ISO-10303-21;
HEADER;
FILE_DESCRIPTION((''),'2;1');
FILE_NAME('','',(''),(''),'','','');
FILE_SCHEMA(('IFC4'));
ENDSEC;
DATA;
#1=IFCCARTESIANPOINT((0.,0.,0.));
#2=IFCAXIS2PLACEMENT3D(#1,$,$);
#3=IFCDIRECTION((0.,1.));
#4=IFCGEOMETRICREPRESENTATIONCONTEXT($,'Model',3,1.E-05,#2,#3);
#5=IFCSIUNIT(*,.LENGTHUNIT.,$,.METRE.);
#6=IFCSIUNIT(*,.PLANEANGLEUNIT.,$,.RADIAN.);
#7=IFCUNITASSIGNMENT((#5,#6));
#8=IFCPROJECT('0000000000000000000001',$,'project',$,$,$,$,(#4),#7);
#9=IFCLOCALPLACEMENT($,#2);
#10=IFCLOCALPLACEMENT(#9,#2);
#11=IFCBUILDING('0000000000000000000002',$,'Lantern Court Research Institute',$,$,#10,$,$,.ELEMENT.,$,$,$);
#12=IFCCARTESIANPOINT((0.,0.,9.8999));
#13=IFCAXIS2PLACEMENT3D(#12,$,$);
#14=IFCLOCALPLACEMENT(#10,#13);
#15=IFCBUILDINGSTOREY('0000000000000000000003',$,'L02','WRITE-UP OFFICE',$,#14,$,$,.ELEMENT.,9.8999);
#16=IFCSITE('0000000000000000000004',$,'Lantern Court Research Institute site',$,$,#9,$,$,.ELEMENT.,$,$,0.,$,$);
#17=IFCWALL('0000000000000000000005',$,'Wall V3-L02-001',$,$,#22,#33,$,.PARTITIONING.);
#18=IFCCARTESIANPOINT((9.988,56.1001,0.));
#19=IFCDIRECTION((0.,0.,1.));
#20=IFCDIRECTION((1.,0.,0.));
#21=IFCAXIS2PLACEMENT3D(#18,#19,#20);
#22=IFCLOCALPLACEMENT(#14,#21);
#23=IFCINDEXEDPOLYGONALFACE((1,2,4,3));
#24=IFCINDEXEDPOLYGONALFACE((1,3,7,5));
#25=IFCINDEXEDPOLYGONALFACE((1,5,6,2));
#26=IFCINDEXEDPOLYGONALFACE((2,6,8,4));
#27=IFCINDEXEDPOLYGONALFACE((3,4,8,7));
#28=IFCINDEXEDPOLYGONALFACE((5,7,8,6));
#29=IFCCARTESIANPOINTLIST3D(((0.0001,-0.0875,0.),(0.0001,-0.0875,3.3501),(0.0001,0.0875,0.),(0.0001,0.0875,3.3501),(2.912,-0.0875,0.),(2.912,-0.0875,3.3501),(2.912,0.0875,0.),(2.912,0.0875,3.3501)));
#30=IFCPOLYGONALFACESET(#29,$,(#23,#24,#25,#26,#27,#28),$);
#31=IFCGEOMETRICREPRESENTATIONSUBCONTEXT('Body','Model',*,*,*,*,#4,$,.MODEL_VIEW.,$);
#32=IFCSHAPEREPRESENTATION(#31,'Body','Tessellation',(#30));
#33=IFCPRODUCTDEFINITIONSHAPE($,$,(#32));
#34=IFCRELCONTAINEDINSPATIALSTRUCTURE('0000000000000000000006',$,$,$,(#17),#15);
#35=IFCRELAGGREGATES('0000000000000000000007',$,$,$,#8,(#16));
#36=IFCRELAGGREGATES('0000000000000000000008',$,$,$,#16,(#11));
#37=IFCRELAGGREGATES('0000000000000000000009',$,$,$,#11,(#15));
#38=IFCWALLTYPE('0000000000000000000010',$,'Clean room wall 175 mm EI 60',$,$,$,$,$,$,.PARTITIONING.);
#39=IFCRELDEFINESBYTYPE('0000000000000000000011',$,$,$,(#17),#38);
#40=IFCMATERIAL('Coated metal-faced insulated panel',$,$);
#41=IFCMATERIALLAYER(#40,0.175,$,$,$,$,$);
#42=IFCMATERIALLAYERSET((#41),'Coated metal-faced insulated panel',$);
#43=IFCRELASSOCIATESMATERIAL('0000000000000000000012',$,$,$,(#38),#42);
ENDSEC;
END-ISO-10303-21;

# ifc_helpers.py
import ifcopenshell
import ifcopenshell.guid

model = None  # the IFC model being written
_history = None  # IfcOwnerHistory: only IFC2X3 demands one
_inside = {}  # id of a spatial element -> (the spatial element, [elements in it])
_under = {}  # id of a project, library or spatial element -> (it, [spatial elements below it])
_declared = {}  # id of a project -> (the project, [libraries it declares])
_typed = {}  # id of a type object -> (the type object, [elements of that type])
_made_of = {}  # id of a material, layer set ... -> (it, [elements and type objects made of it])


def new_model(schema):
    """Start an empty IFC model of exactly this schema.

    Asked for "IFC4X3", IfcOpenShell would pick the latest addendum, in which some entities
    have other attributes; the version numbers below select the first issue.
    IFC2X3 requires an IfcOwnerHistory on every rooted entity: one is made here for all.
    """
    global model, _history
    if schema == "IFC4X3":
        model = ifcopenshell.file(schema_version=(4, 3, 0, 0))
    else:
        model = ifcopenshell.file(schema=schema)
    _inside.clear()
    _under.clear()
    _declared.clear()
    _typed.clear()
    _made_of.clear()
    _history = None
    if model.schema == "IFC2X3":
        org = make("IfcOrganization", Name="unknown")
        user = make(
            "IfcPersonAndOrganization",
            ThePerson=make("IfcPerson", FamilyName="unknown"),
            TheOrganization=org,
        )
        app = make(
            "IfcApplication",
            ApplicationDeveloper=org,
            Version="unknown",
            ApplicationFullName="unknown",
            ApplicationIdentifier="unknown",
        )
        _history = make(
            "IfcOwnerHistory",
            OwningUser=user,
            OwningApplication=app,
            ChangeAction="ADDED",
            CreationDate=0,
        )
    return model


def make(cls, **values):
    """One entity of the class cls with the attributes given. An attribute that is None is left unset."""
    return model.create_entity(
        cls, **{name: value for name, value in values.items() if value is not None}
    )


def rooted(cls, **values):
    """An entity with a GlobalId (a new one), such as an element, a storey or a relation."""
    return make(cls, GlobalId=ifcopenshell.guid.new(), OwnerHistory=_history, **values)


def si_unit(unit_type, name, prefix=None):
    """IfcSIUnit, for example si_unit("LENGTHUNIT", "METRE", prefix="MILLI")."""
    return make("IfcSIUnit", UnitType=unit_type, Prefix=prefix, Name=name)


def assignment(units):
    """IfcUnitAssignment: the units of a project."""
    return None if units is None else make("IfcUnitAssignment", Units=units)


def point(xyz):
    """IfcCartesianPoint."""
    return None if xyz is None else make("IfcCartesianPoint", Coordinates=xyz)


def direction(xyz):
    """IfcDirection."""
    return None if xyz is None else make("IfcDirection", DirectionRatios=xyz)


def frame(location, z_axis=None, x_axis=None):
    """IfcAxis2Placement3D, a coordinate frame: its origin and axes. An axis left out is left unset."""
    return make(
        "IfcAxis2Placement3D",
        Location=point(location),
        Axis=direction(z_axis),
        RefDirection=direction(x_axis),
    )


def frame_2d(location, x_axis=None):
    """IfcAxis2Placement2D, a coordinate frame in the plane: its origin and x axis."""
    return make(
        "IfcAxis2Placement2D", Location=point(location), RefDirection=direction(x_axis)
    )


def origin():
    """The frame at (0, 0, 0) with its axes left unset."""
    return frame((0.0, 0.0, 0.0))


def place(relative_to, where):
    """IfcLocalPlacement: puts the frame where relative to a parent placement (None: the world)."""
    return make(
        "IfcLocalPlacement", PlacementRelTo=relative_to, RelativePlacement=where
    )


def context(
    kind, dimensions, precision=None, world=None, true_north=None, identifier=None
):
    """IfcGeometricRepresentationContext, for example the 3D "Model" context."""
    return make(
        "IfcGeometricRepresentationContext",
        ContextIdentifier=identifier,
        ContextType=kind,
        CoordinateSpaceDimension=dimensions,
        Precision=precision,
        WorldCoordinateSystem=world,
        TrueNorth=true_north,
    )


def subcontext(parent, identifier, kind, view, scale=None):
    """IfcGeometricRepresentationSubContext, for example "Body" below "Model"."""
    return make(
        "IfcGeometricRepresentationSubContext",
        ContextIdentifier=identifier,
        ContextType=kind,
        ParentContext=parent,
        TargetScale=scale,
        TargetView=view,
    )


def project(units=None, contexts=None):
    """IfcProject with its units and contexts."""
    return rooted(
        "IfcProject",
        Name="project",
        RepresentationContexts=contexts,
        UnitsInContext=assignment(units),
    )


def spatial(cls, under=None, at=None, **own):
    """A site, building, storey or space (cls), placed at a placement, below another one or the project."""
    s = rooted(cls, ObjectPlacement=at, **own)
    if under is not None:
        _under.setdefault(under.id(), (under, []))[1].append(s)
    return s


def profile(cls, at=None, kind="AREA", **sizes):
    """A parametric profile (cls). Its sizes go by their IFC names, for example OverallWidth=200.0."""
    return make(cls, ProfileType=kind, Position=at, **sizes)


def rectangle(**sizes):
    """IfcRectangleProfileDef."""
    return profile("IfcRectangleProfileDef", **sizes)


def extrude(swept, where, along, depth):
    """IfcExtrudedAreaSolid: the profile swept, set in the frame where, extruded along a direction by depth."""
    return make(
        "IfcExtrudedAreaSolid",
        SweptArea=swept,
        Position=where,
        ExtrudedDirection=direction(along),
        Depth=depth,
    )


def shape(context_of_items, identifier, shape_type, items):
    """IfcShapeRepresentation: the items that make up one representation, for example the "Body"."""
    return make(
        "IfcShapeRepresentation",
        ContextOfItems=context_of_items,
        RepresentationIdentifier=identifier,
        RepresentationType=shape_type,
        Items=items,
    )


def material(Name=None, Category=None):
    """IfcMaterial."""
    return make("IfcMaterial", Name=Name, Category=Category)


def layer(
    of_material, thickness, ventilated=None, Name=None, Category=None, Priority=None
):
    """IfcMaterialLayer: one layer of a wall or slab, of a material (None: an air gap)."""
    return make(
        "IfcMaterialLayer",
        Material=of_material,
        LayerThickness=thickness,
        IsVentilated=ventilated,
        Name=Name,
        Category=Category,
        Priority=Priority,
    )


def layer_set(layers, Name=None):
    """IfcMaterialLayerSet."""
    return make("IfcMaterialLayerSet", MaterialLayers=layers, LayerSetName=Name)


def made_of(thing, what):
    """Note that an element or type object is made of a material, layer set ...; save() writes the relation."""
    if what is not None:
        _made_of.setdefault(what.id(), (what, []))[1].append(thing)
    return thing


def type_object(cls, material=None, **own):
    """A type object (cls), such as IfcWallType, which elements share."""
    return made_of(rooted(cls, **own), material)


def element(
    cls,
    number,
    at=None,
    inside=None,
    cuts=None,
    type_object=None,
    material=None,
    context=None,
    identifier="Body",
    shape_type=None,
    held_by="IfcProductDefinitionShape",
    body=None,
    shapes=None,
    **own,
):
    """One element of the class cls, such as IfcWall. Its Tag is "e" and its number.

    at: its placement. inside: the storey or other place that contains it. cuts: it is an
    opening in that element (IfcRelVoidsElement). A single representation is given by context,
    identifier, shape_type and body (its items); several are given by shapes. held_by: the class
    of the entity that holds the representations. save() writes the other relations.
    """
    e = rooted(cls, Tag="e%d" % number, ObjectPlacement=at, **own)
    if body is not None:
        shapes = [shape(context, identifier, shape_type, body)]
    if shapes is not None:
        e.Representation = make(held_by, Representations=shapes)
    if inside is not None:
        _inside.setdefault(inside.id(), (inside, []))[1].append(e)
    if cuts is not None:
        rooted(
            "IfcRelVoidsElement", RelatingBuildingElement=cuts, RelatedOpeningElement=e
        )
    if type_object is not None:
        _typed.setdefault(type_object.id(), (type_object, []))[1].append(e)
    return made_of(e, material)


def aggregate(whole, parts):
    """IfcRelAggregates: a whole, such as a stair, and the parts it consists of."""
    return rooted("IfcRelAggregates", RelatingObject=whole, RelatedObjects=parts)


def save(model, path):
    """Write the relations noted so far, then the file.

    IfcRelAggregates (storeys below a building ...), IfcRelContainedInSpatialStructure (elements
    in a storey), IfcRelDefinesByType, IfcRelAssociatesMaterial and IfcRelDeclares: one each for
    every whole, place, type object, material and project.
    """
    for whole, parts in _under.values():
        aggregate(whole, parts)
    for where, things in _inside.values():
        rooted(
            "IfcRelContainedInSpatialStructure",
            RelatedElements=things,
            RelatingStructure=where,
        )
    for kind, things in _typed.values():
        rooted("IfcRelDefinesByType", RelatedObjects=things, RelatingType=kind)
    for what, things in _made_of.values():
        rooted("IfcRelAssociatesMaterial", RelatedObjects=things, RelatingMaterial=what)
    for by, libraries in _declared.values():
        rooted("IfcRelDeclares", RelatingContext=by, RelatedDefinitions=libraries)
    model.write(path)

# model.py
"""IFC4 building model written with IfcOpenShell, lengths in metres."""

from ifc_helpers import new_model, si_unit, direction, frame, frame_2d, origin, place, context, subcontext, project, spatial, rectangle, extrude, material, layer, layer_set, type_object, element, save


model = new_model("IFC4")

# Units and contexts
model_context = context("Model", 3, precision=1e-05, world=origin(), true_north=direction((0.0, 1.0)))
body_context = subcontext(model_context, "Body", "Model", "MODEL_VIEW")
ifc_project = project(units=[si_unit("LENGTHUNIT", "METRE"), si_unit("PLANEANGLEUNIT", "RADIAN")], contexts=[model_context])

# Site, building, storey
site_placement = place(None, origin())
site = spatial("IfcSite", under=ifc_project, at=site_placement, Name="Lantern Court Research Institute site", CompositionType="ELEMENT", RefElevation=0.0)
building_placement = place(site_placement, origin())
building = spatial("IfcBuilding", under=site, at=building_placement, Name="Lantern Court Research Institute", CompositionType="ELEMENT")
storey_placement = place(building_placement, frame((0.0, 0.0, 9.8999)))
storey = spatial("IfcBuildingStorey", under=building, at=storey_placement, Name="L02", Description="WRITE-UP OFFICE", CompositionType="ELEMENT", Elevation=9.8999)

# Wall
ifc_material_1 = material(Name="Coated metal-faced insulated panel")
ifc_layer_1 = layer(ifc_material_1, 0.175)
ifc_layer_set_1 = layer_set([ifc_layer_1], Name="Coated metal-faced insulated panel")
wall_type_1 = type_object("IfcWallType", Name="Clean room wall 175 mm EI 60", PredefinedType="PARTITIONING", material=ifc_layer_set_1)
wall_1_placement = place(storey_placement, frame((9.988, 56.1001, 0.0), z_axis=(0.0, 0.0, 1.0), x_axis=(1.0, 0.0, 0.0)))
element("IfcWall", 1, at=wall_1_placement, inside=storey, type_object=wall_type_1, Name="Wall V3-L02-001", PredefinedType="PARTITIONING", context=body_context, shape_type="SweptSolid", body=[
    extrude(rectangle(XDim=2.9119, YDim=0.175, at=frame_2d((1.4561, 0.0))), origin(), (0.0, 0.0, 1.0), 3.3501),
])

save(model, "model.ifc")
